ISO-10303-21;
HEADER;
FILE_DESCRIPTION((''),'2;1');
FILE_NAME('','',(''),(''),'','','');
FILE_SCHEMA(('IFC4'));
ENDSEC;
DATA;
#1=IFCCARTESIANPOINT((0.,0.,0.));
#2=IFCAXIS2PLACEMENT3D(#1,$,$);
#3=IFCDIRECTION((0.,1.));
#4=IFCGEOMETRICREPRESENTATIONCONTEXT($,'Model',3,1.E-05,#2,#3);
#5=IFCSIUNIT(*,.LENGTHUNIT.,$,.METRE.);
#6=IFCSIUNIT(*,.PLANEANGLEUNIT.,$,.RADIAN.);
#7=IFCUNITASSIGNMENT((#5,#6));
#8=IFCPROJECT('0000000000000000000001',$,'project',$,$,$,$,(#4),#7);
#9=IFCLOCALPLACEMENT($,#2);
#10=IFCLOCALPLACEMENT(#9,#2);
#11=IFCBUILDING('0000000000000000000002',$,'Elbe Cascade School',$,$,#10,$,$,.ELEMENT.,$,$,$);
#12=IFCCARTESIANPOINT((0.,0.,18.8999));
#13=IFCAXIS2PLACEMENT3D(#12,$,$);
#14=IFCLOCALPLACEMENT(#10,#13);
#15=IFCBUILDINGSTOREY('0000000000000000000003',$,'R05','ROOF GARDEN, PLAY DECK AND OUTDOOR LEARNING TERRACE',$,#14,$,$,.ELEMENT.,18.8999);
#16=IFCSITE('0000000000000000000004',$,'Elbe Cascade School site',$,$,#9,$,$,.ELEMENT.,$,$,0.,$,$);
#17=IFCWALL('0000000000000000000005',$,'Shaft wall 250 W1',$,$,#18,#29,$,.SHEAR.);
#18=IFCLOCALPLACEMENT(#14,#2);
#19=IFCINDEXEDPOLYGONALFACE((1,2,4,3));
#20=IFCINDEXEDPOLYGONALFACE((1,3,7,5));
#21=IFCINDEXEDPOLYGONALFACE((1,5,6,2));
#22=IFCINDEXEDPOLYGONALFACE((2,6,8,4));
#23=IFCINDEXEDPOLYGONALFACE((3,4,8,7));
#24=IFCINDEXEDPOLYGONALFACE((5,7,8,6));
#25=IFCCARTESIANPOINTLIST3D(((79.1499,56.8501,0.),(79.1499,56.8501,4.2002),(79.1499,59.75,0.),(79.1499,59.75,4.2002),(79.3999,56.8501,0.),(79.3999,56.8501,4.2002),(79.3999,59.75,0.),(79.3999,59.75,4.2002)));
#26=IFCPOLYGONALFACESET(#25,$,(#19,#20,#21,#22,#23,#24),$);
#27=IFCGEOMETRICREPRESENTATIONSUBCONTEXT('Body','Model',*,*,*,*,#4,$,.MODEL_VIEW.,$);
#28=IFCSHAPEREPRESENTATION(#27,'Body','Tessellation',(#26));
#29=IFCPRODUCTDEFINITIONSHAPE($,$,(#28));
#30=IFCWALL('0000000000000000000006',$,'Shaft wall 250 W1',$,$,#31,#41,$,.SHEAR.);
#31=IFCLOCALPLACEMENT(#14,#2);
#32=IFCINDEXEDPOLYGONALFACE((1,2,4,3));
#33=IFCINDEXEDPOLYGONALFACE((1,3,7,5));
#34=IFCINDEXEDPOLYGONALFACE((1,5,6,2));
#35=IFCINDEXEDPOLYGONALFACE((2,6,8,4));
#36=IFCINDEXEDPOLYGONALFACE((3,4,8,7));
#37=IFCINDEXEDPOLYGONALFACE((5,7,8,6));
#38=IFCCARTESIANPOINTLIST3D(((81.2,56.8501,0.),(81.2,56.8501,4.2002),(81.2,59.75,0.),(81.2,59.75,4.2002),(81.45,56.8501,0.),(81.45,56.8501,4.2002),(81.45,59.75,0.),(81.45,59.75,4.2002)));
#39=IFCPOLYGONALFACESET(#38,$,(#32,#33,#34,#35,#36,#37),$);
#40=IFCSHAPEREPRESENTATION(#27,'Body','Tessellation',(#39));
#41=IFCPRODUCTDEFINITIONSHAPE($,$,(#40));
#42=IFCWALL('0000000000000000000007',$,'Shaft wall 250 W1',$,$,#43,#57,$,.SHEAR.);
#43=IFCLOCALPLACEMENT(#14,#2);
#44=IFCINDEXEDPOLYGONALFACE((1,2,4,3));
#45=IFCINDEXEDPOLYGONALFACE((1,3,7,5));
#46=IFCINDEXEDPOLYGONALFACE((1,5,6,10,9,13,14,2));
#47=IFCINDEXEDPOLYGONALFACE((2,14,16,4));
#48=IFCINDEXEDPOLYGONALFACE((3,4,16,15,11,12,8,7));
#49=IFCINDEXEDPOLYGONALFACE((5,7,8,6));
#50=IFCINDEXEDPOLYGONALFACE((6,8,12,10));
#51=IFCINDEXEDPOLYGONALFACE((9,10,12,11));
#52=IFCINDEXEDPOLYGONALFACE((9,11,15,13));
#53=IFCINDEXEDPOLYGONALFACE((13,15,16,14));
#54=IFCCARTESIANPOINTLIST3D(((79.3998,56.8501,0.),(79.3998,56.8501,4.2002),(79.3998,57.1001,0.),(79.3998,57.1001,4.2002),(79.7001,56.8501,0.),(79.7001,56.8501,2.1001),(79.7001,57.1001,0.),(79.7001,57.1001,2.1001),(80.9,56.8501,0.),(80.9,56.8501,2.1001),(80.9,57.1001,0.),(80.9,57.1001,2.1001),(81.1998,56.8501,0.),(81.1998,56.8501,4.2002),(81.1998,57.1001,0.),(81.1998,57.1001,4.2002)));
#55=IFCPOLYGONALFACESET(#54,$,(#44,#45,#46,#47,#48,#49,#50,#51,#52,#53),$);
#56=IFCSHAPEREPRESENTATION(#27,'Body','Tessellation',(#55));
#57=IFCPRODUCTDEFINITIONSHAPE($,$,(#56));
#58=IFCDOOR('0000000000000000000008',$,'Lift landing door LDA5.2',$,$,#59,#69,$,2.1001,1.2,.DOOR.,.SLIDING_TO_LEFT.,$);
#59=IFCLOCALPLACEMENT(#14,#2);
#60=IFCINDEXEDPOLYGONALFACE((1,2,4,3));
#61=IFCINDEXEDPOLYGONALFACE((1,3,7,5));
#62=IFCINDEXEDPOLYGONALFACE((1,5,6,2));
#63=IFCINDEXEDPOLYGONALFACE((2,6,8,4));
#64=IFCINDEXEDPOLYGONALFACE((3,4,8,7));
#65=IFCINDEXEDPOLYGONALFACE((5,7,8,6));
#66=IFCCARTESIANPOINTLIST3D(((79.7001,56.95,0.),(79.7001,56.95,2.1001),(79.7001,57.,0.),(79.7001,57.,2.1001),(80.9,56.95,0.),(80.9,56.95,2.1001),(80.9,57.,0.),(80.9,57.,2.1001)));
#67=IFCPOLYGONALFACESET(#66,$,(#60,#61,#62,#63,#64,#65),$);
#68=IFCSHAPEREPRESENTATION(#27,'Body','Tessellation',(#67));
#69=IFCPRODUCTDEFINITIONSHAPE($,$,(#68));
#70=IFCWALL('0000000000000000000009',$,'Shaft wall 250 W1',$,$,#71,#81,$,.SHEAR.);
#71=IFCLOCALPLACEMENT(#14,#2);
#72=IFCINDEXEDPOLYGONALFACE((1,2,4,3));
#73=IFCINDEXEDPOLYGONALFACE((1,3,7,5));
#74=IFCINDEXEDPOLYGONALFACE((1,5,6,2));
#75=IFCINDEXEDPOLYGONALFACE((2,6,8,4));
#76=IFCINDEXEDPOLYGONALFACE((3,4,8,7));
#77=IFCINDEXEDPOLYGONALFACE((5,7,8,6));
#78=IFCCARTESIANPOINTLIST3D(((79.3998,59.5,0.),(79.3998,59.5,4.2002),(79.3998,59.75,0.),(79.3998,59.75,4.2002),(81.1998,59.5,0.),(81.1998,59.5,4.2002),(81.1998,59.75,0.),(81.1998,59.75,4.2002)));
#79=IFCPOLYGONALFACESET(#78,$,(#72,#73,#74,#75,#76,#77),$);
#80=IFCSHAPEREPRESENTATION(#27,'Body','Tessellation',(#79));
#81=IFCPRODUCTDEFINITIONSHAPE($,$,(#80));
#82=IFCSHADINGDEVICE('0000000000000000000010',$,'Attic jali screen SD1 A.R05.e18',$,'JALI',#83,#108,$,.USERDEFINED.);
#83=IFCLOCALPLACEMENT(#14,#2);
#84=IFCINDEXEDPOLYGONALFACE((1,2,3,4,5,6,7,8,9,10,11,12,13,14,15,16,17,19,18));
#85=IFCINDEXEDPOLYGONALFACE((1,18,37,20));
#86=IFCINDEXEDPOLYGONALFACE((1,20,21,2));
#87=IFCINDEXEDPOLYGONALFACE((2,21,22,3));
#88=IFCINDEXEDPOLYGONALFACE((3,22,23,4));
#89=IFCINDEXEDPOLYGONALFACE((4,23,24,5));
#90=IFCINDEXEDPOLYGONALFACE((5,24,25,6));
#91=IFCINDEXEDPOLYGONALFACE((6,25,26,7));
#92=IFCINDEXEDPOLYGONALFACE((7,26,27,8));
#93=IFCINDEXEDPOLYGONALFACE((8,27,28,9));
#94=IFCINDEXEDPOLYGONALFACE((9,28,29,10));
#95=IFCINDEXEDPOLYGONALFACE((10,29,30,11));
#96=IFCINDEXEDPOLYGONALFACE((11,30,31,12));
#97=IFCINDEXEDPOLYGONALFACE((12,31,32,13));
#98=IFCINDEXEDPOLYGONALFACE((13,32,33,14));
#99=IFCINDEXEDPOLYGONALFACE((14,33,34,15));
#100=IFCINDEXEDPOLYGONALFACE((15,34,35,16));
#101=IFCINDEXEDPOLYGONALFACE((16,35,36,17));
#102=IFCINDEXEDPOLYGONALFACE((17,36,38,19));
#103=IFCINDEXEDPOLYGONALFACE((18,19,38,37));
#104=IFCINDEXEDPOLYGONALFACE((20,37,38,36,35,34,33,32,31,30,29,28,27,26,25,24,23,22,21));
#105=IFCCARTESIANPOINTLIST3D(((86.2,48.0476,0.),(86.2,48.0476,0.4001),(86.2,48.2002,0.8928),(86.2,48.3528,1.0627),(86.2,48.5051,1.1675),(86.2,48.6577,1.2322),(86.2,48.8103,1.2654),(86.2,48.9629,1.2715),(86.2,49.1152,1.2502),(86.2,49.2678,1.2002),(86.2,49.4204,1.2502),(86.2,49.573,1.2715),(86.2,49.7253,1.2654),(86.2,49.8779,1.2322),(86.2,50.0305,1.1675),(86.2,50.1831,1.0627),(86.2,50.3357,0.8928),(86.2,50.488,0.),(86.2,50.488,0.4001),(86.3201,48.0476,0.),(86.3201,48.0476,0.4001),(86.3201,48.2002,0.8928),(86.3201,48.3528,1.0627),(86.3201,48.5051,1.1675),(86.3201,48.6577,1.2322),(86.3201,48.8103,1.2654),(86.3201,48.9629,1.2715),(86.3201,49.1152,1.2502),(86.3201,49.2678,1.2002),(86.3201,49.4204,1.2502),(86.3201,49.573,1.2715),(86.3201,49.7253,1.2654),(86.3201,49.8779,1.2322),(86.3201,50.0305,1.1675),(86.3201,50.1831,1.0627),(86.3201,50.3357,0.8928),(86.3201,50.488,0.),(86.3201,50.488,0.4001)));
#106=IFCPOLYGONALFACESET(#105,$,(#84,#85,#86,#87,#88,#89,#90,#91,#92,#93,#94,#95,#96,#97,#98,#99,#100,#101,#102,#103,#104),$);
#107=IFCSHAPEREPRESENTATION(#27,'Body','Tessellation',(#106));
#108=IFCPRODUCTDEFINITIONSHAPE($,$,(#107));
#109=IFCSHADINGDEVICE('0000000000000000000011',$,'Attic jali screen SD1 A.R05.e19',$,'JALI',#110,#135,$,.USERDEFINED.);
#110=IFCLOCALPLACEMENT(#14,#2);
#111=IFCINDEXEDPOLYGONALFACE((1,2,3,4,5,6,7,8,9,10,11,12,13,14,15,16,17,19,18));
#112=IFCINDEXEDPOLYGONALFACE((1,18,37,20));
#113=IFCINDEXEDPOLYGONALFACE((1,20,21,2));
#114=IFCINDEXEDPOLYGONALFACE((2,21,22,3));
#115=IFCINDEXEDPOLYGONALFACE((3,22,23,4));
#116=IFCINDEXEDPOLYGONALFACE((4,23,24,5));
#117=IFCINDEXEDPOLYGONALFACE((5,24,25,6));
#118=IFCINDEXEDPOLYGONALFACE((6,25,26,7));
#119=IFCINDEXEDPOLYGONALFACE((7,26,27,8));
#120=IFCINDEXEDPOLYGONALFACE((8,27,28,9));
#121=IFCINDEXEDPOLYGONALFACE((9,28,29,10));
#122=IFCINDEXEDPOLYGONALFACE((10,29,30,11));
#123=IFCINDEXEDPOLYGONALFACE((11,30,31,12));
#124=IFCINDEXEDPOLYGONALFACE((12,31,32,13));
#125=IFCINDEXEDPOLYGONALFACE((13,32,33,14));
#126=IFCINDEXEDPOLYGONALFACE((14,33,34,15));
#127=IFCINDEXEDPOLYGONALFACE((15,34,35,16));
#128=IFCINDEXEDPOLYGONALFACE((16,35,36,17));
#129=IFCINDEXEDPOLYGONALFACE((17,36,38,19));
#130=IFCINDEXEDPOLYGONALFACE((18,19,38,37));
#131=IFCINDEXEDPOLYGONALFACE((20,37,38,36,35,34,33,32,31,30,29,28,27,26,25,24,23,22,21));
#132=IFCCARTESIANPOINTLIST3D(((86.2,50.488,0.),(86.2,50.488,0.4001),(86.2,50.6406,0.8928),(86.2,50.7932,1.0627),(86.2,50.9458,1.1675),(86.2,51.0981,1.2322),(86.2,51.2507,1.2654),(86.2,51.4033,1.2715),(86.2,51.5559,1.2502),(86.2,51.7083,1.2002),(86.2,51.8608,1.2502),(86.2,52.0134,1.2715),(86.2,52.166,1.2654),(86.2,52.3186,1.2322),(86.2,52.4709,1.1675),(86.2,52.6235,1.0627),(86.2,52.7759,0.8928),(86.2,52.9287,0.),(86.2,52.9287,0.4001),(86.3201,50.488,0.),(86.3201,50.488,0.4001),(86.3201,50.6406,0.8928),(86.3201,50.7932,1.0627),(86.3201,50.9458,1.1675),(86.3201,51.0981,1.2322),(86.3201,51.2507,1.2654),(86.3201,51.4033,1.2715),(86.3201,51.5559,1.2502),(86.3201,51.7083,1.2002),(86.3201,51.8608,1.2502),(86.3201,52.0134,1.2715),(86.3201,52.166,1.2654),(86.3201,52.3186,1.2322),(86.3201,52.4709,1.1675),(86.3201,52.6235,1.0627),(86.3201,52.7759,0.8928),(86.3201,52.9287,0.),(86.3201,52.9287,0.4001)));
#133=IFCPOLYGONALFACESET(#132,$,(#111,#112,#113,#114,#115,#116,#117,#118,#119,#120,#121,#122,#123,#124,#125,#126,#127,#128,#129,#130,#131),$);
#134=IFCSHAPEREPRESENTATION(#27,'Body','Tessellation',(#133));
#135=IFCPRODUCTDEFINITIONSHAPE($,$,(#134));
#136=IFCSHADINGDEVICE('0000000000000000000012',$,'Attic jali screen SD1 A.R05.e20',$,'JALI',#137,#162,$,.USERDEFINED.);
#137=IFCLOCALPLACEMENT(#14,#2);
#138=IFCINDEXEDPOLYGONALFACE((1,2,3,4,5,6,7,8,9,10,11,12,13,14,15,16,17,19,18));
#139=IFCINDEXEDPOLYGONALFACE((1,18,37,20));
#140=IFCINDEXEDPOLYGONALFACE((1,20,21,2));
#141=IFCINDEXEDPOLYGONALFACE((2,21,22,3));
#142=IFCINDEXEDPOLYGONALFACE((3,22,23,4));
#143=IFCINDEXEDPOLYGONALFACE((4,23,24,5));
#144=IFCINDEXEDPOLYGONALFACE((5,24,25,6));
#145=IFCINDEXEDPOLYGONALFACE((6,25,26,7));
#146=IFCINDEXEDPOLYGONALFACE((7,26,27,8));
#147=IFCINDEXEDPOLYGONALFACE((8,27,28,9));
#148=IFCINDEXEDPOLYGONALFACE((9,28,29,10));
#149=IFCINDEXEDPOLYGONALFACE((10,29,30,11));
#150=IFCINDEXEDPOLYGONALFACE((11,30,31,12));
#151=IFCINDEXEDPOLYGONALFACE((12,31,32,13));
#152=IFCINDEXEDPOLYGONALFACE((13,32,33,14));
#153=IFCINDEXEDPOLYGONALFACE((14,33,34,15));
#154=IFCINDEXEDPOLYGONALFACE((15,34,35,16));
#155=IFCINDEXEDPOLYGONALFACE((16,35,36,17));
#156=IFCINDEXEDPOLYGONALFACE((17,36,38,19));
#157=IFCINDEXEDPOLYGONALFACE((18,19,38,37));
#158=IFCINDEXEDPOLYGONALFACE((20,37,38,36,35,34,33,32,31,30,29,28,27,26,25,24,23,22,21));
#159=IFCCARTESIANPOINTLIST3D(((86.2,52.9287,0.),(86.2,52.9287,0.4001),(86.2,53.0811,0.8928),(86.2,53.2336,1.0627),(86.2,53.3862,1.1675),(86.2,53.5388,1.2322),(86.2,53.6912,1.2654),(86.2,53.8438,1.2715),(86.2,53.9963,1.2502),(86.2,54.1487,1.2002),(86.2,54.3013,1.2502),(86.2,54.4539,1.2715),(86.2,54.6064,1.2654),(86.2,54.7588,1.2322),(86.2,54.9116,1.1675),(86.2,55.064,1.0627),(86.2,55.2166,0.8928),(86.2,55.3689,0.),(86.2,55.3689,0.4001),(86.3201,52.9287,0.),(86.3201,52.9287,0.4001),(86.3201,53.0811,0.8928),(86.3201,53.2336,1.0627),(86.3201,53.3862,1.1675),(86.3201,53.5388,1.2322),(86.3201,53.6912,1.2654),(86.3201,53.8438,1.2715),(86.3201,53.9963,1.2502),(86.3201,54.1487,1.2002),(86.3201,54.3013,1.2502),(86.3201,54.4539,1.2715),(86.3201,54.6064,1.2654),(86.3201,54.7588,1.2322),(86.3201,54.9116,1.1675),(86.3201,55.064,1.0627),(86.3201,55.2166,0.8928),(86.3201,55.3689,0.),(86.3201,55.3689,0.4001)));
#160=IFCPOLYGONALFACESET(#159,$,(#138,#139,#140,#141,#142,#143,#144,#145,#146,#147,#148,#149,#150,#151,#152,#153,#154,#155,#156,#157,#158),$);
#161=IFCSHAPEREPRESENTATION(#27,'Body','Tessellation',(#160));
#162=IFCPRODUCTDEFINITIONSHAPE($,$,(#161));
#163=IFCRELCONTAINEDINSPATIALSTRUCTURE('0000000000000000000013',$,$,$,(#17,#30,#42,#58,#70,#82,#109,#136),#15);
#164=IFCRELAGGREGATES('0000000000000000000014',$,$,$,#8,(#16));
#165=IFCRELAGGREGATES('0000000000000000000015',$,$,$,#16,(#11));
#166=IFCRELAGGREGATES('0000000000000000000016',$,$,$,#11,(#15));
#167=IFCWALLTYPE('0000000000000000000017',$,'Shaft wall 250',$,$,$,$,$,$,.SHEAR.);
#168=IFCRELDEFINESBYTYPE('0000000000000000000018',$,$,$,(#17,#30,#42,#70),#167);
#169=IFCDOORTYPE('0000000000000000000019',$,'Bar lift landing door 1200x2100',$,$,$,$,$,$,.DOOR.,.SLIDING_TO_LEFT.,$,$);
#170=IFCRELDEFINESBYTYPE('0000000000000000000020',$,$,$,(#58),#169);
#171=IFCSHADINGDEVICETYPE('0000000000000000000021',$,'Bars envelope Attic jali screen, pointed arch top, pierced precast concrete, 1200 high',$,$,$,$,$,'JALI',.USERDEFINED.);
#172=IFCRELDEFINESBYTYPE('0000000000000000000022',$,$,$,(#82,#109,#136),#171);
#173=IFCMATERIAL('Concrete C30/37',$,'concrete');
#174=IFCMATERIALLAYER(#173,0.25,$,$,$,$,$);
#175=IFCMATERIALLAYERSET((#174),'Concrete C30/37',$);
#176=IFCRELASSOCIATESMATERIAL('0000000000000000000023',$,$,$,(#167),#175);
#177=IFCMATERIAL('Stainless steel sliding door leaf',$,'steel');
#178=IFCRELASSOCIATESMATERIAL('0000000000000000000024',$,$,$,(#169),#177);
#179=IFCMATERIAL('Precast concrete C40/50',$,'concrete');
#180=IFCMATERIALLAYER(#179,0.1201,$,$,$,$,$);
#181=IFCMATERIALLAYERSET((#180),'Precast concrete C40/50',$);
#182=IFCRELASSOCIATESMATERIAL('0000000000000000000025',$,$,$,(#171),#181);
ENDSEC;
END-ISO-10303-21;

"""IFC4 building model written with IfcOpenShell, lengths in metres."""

from ifc_helpers import new_model, si_unit, direction, frame, frame_2d, origin, place, context, subcontext, project, spatial, polyline, rectangle, outline, extrude, material, layer, layer_set, type_object, element, fill, save


model = new_model("IFC4")

# Units and contexts
model_context = context("Model", 3, precision=1e-05, world=origin(), true_north=direction((0.0, 1.0)))
body_context = subcontext(model_context, "Body", "Model", "MODEL_VIEW")
ifc_project = project(units=[si_unit("LENGTHUNIT", "METRE"), si_unit("PLANEANGLEUNIT", "RADIAN")], contexts=[model_context])

# Site, building, storey
site_placement = place(None, origin())
site = spatial("IfcSite", under=ifc_project, at=site_placement, Name="Elbe Cascade School site", CompositionType="ELEMENT", RefElevation=0.0)
building_placement = place(site_placement, origin())
building = spatial("IfcBuilding", under=site, at=building_placement, Name="Elbe Cascade School", CompositionType="ELEMENT")
storey_placement = place(building_placement, frame((0.0, 0.0, 18.8999)))
storey = spatial("IfcBuildingStorey", under=building, at=storey_placement, Name="R05", Description="ROOF GARDEN, PLAY DECK AND OUTDOOR LEARNING TERRACE", CompositionType="ELEMENT", Elevation=18.8999)

# Walls
ifc_material_1 = material(Name="Concrete C30/37", Category="concrete")
ifc_layer_1 = layer(ifc_material_1, 0.25)
ifc_layer_set_1 = layer_set([ifc_layer_1], Name="Concrete C30/37")
wall_type_1 = type_object("IfcWallType", Name="Shaft wall 250", PredefinedType="SHEAR", material=ifc_layer_set_1)
for number, where, z_axis, x_axis, name in (
    (1, (79.2749, 56.8501, 0.0), (0.0, 0.0, 1.0), (0.0, 1.0, 0.0), "Shaft wall 250 W1"),
    (2, (81.325, 56.8501, 0.0), (0.0, 0.0, 1.0), (0.0, 1.0, 0.0), "Shaft wall 250 W1"),
):
    element("IfcWall", number, at=place(storey_placement, frame(where, z_axis=z_axis, x_axis=x_axis)), inside=storey, type_object=wall_type_1, Name=name, PredefinedType="SHEAR", context=body_context, shape_type="SweptSolid", body=[
        extrude(rectangle(XDim=2.8999, YDim=0.25, at=frame_2d((1.45, 0.0))), origin(), (0.0, 0.0, 1.0), 4.2002),
    ])

# Wall, opening, door
wall_1_placement = place(storey_placement, frame((79.3999, 56.9751, 0.0), z_axis=(0.0, 0.0, 1.0), x_axis=(1.0, 0.0, 0.0)))
wall_1 = element("IfcWall", 3, at=wall_1_placement, inside=storey, type_object=wall_type_1, Name="Shaft wall 250 W1", PredefinedType="SHEAR", context=body_context, shape_type="SweptSolid", body=[
    extrude(rectangle(XDim=1.8, YDim=0.25, at=frame_2d((0.8999, 0.0))), origin(), (0.0, 0.0, 1.0), 4.2002),
])
opening_1_placement = place(wall_1_placement, frame((0.3, 0.0, 0.0)))
opening_1 = element("IfcOpeningElement", 4, at=opening_1_placement, cuts=wall_1, PredefinedType="OPENING", context=body_context, shape_type="SweptSolid", body=[
    extrude(rectangle(XDim=1.2, YDim=2.1001, at=frame_2d((0.6001, 1.05))), frame((0.0, 0.135, 0.0), z_axis=(0.0, -1.0, 0.0), x_axis=(1.0, 0.0, 0.0)), (0.0, 0.0, 1.0), 0.27),
])
ifc_material_2 = material(Name="Stainless steel sliding door leaf", Category="steel")
door_type_1 = type_object("IfcDoorType", Name="Bar lift landing door 1200x2100", OperationType="SLIDING_TO_LEFT", PredefinedType="DOOR", material=ifc_material_2)
door_1_placement = place(opening_1_placement, origin())
door_1 = element("IfcDoor", 5, at=door_1_placement, inside=storey, type_object=door_type_1, Name="Lift landing door LDA5.2", OperationType="SLIDING_TO_LEFT", OverallHeight=2.1001, OverallWidth=1.2, PredefinedType="DOOR", context=body_context, shape_type="SweptSolid", body=[
    extrude(rectangle(XDim=1.2, YDim=2.1001, at=frame_2d((0.6001, 1.05))), frame((0.0, 0.0249, 0.0), z_axis=(0.0, -1.0, 0.0), x_axis=(1.0, 0.0, 0.0)), (0.0, 0.0, 1.0), 0.05),
])
fill(opening_1, door_1)

# Wall
wall_2_placement = place(storey_placement, frame((79.3999, 59.625, 0.0), z_axis=(0.0, 0.0, 1.0), x_axis=(1.0, 0.0, 0.0)))
element("IfcWall", 6, at=wall_2_placement, inside=storey, type_object=wall_type_1, Name="Shaft wall 250 W1", PredefinedType="SHEAR", context=body_context, shape_type="SweptSolid", body=[
    extrude(rectangle(XDim=1.8, YDim=0.25, at=frame_2d((0.8999, 0.0))), origin(), (0.0, 0.0, 1.0), 4.2002),
])

# Shading devices
ifc_material_3 = material(Name="Precast concrete C40/50", Category="concrete")
ifc_layer_2 = layer(ifc_material_3, 0.1201)
ifc_layer_set_2 = layer_set([ifc_layer_2], Name="Precast concrete C40/50")
shading_device_type = type_object("IfcShadingDeviceType", Name="Bars envelope Attic jali screen, pointed arch top, pierced precast concrete, 1200 high", ElementType="JALI", PredefinedType="USERDEFINED", material=ifc_layer_set_2)
shading_device_1_placement = place(storey_placement, frame((86.3201, 48.0476, 0.0), z_axis=(1.0, 0.0, 0.0), x_axis=(0.0, 1.0, 0.0)))
element("IfcShadingDevice", 7, at=shading_device_1_placement, inside=storey, type_object=shading_device_type, Name="Attic jali screen SD1 A.R05.e18", ObjectType="JALI", PredefinedType="USERDEFINED", context=body_context, shape_type="SweptSolid", body=[
    extrude(outline(polyline([(0.0, 0.0), (2.4404, 0.0), (2.4404, 0.4001), (2.2881, 0.8928), (2.1355, 1.0627), (1.9829, 1.1675), (1.8303, 1.2322), (1.6777, 1.2654), (1.5254, 1.2715), (1.3728, 1.2502), (1.2202, 1.2002), (1.0676, 1.2502), (0.9153, 1.2715), (0.7627, 1.2654), (0.6101, 1.2322), (0.4575, 1.1675), (0.3052, 1.0627), (0.1526, 0.8928), (0.0, 0.4001), (0.0, 0.0)])), origin(), (0.0, 0.0, -1.0), 0.1201),
])
shading_device_2_placement = place(storey_placement, frame((86.3201, 50.488, 0.0), z_axis=(1.0, 0.0, 0.0), x_axis=(0.0, 1.0, 0.0)))
element("IfcShadingDevice", 8, at=shading_device_2_placement, inside=storey, type_object=shading_device_type, Name="Attic jali screen SD1 A.R05.e19", ObjectType="JALI", PredefinedType="USERDEFINED", context=body_context, shape_type="SweptSolid", body=[
    extrude(outline(polyline([(0.0, 0.0), (2.4407, 0.0), (2.4407, 0.4001), (2.2878, 0.8928), (2.1355, 1.0627), (1.9829, 1.1675), (1.8306, 1.2322), (1.678, 1.2654), (1.5254, 1.2715), (1.3728, 1.2502), (1.2202, 1.2002), (1.0679, 1.2502), (0.9153, 1.2715), (0.7627, 1.2654), (0.6101, 1.2322), (0.4578, 1.1675), (0.3052, 1.0627), (0.1526, 0.8928), (0.0, 0.4001), (0.0, 0.0)])), origin(), (0.0, 0.0, -1.0), 0.1201),
])
shading_device_3_placement = place(storey_placement, frame((86.3201, 52.9287, 0.0), z_axis=(1.0, 0.0, 0.0), x_axis=(0.0, 1.0, 0.0)))
element("IfcShadingDevice", 9, at=shading_device_3_placement, inside=storey, type_object=shading_device_type, Name="Attic jali screen SD1 A.R05.e20", ObjectType="JALI", PredefinedType="USERDEFINED", context=body_context, shape_type="SweptSolid", body=[
    extrude(outline(polyline([(0.0, 0.0), (2.4402, 0.0), (2.4402, 0.4001), (2.2878, 0.8928), (2.1353, 1.0627), (1.9829, 1.1675), (1.8301, 1.2322), (1.6777, 1.2654), (1.5251, 1.2715), (1.3726, 1.2502), (1.22, 1.2002), (1.0676, 1.2502), (0.915, 1.2715), (0.7625, 1.2654), (0.6101, 1.2322), (0.4575, 1.1675), (0.3049, 1.0627), (0.1523, 0.8928), (0.0, 0.4001), (0.0, 0.0)])), origin(), (0.0, 0.0, -1.0), 0.1201),
])

save(model, "model.ifc")
